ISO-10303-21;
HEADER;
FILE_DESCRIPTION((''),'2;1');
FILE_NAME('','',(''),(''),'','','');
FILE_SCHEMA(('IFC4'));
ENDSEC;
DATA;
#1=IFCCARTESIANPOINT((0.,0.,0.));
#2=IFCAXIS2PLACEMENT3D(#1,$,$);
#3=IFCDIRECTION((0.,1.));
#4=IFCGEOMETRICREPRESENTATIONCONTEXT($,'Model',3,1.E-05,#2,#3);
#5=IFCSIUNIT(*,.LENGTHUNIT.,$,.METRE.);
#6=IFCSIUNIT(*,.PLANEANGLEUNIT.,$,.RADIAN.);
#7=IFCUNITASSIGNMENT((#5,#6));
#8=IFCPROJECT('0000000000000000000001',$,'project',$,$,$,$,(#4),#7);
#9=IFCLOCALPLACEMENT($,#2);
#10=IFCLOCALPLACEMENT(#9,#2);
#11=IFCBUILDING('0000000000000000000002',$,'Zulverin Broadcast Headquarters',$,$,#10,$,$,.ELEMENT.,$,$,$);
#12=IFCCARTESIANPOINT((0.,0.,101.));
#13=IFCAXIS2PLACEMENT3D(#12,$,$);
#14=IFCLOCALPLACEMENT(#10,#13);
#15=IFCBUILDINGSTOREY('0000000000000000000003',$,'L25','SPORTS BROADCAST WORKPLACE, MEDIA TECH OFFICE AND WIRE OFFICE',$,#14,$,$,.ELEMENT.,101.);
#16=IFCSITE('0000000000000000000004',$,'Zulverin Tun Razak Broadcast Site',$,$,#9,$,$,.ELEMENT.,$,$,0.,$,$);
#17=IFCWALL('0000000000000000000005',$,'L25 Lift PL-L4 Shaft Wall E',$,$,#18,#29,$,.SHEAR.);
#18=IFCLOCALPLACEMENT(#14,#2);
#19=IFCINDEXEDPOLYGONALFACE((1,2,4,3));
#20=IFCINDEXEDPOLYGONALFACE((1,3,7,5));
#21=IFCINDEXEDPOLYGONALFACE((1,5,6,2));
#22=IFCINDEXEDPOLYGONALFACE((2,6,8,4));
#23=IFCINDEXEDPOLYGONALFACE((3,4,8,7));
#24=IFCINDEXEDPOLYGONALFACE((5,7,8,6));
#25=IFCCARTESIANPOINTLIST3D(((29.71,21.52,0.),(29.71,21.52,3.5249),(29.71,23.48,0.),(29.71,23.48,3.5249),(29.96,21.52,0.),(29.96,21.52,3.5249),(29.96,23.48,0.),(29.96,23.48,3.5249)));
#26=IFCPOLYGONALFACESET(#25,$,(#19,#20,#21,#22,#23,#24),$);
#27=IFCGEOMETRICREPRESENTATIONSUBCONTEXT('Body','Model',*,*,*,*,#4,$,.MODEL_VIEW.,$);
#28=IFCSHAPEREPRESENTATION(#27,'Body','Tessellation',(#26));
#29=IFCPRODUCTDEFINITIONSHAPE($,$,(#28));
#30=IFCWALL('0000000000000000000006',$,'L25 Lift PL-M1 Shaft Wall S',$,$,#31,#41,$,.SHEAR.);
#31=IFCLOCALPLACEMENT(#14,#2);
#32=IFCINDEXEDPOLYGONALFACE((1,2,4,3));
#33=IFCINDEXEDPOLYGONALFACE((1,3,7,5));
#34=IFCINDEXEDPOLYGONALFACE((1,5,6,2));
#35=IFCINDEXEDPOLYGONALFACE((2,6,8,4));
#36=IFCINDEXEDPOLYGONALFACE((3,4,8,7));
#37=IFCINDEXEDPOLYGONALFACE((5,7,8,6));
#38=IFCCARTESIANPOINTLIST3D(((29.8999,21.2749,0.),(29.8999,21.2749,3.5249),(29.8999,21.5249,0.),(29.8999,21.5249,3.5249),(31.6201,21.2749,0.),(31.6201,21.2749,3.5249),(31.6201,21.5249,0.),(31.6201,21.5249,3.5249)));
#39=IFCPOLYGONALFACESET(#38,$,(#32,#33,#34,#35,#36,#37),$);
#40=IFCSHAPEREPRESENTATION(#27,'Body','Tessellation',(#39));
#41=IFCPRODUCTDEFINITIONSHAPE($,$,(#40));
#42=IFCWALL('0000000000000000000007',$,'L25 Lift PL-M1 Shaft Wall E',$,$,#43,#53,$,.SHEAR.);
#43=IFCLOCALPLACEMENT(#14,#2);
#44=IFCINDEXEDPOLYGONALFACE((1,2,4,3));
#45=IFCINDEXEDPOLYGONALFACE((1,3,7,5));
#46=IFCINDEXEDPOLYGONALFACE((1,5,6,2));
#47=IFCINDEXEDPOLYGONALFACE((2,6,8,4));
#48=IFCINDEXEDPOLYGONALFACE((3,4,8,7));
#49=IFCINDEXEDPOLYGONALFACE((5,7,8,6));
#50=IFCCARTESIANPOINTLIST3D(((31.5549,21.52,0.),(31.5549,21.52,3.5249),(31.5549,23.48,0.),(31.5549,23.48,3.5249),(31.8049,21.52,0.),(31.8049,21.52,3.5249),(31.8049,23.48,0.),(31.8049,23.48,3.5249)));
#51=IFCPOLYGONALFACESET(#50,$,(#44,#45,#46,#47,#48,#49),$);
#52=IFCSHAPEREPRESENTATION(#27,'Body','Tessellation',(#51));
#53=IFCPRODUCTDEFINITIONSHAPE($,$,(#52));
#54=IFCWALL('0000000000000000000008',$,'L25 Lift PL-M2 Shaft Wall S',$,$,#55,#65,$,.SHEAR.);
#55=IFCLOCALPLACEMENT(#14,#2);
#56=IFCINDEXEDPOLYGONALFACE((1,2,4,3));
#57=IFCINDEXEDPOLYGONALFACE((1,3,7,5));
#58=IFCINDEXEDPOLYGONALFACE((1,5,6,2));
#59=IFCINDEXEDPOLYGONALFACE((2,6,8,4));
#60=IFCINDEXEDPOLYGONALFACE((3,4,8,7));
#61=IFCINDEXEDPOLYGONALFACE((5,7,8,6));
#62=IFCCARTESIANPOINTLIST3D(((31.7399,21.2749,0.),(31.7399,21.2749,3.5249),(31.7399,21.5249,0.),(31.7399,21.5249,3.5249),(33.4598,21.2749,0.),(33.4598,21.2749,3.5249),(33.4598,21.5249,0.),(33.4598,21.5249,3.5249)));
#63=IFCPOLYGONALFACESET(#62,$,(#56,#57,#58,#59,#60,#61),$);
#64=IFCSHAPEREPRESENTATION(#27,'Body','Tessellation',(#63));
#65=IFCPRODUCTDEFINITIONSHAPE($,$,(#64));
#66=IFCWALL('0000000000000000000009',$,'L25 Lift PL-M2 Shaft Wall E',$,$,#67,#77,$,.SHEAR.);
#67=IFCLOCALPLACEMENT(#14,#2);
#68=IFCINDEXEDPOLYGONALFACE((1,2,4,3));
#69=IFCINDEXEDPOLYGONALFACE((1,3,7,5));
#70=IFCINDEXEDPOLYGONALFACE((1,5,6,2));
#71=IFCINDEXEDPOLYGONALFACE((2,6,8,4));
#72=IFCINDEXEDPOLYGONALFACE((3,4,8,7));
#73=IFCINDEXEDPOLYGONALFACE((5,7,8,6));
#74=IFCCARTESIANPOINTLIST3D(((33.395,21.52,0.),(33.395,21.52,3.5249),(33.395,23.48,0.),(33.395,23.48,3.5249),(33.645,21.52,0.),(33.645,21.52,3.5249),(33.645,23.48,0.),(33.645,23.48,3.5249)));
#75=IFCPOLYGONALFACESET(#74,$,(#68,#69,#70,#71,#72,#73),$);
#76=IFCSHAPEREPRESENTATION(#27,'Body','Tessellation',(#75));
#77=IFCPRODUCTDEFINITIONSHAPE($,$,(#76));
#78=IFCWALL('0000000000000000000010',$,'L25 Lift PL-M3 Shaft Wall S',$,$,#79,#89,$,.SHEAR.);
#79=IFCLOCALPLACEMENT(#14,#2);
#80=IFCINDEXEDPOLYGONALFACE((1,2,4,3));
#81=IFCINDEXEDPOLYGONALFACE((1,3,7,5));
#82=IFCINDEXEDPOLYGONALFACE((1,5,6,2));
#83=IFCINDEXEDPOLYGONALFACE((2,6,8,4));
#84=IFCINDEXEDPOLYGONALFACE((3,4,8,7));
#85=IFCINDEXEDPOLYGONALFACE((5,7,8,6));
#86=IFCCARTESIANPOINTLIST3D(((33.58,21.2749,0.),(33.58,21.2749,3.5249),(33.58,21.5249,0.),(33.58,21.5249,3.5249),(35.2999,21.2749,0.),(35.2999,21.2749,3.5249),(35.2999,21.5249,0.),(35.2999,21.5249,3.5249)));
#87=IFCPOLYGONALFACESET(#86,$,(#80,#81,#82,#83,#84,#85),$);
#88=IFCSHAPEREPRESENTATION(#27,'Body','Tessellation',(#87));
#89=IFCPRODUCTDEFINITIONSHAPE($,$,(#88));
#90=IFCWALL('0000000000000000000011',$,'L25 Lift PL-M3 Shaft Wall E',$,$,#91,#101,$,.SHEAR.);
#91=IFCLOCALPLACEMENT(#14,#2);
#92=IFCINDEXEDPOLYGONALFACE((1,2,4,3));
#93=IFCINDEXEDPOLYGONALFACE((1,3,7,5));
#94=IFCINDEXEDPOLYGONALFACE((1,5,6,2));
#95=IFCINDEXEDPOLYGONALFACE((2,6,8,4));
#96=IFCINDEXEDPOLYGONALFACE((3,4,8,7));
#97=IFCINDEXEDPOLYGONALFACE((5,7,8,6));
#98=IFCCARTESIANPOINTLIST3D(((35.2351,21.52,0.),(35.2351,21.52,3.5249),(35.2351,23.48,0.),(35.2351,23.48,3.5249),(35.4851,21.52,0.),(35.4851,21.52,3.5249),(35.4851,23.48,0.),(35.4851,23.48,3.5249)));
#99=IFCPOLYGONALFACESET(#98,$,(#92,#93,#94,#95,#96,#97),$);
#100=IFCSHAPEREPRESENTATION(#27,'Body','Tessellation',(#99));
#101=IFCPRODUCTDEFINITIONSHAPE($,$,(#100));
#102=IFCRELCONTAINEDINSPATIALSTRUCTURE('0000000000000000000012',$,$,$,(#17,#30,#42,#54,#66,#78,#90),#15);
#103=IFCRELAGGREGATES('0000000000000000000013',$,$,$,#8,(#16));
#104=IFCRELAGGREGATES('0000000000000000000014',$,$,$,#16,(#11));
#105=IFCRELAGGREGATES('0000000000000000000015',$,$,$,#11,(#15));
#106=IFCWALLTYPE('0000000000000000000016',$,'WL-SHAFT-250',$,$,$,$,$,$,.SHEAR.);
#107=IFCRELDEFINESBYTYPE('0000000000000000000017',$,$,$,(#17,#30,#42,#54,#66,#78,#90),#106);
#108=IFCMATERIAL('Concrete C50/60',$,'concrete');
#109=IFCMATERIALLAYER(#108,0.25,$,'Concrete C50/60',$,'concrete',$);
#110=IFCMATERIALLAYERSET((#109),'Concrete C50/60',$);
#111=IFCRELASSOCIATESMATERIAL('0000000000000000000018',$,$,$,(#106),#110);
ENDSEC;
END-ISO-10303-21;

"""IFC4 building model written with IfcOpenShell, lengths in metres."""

from ifc_helpers import new_model, si_unit, direction, frame, frame_2d, origin, place, context, subcontext, project, spatial, rectangle, extrude, material, layer, layer_set, type_object, element, save


model = new_model("IFC4")

# Units and contexts
model_context = context("Model", 3, precision=1e-05, world=origin(), true_north=direction((0.0, 1.0)))
body_context = subcontext(model_context, "Body", "Model", "MODEL_VIEW")
ifc_project = project(units=[si_unit("LENGTHUNIT", "METRE"), si_unit("PLANEANGLEUNIT", "RADIAN")], contexts=[model_context])

# Site, building, storey
site_placement = place(None, origin())
site = spatial("IfcSite", under=ifc_project, at=site_placement, Name="Zulverin Tun Razak Broadcast Site", CompositionType="ELEMENT", RefElevation=0.0)
building_placement = place(site_placement, origin())
building = spatial("IfcBuilding", under=site, at=building_placement, Name="Zulverin Broadcast Headquarters", CompositionType="ELEMENT")
storey_placement = place(building_placement, frame((0.0, 0.0, 101.0)))
storey = spatial("IfcBuildingStorey", under=building, at=storey_placement, Name="L25", Description="SPORTS BROADCAST WORKPLACE, MEDIA TECH OFFICE AND WIRE OFFICE", CompositionType="ELEMENT", Elevation=101.0)

# Shared definitions
ifc_material_1 = material(Name="Concrete C50/60", Category="concrete")
ifc_layer_1 = layer(ifc_material_1, 0.25, Name="Concrete C50/60", Category="concrete")
ifc_layer_set_1 = layer_set([ifc_layer_1], Name="Concrete C50/60")
wall_type_1 = type_object("IfcWallType", Name="WL-SHAFT-250", PredefinedType="SHEAR", material=ifc_layer_set_1)

# Walls
wall_1_placement = place(storey_placement, frame((29.835, 21.52, 0.0), z_axis=(0.0, 0.0, 1.0), x_axis=(0.0, 1.0, 0.0)))
element("IfcWall", 1, at=wall_1_placement, inside=storey, type_object=wall_type_1, Name="L25 Lift PL-L4 Shaft Wall E", PredefinedType="SHEAR", context=body_context, shape_type="SweptSolid", body=[
    extrude(rectangle(XDim=1.96, YDim=0.25, at=frame_2d((0.98, 0.0))), origin(), (0.0, 0.0, 1.0), 3.5249),
])
wall_2_placement = place(storey_placement, frame((29.8999, 21.3999, 0.0), z_axis=(0.0, 0.0, 1.0), x_axis=(1.0, 0.0, 0.0)))
element("IfcWall", 2, at=wall_2_placement, inside=storey, type_object=wall_type_1, Name="L25 Lift PL-M1 Shaft Wall S", PredefinedType="SHEAR", context=body_context, shape_type="SweptSolid", body=[
    extrude(rectangle(XDim=1.7202, YDim=0.25, at=frame_2d((0.8601, 0.0))), origin(), (0.0, 0.0, 1.0), 3.5249),
])
wall_3_placement = place(storey_placement, frame((31.6799, 21.52, 0.0), z_axis=(0.0, 0.0, 1.0), x_axis=(0.0, 1.0, 0.0)))
element("IfcWall", 3, at=wall_3_placement, inside=storey, type_object=wall_type_1, Name="L25 Lift PL-M1 Shaft Wall E", PredefinedType="SHEAR", context=body_context, shape_type="SweptSolid", body=[
    extrude(rectangle(XDim=1.96, YDim=0.25, at=frame_2d((0.98, 0.0))), origin(), (0.0, 0.0, 1.0), 3.5249),
])
wall_4_placement = place(storey_placement, frame((31.74, 21.3999, 0.0), z_axis=(0.0, 0.0, 1.0), x_axis=(1.0, 0.0, 0.0)))
element("IfcWall", 4, at=wall_4_placement, inside=storey, type_object=wall_type_1, Name="L25 Lift PL-M2 Shaft Wall S", PredefinedType="SHEAR", context=body_context, shape_type="SweptSolid", body=[
    extrude(rectangle(XDim=1.72, YDim=0.25, at=frame_2d((0.8599, 0.0))), origin(), (0.0, 0.0, 1.0), 3.5249),
])
wall_5_placement = place(storey_placement, frame((33.52, 21.52, 0.0), z_axis=(0.0, 0.0, 1.0), x_axis=(0.0, 1.0, 0.0)))
element("IfcWall", 5, at=wall_5_placement, inside=storey, type_object=wall_type_1, Name="L25 Lift PL-M2 Shaft Wall E", PredefinedType="SHEAR", context=body_context, shape_type="SweptSolid", body=[
    extrude(rectangle(XDim=1.96, YDim=0.25, at=frame_2d((0.98, 0.0))), origin(), (0.0, 0.0, 1.0), 3.5249),
])
wall_6_placement = place(storey_placement, frame((33.5801, 21.3999, 0.0), z_axis=(0.0, 0.0, 1.0), x_axis=(1.0, 0.0, 0.0)))
element("IfcWall", 6, at=wall_6_placement, inside=storey, type_object=wall_type_1, Name="L25 Lift PL-M3 Shaft Wall S", PredefinedType="SHEAR", context=body_context, shape_type="SweptSolid", body=[
    extrude(rectangle(XDim=1.72, YDim=0.25, at=frame_2d((0.8599, 0.0))), origin(), (0.0, 0.0, 1.0), 3.5249),
])
wall_7_placement = place(storey_placement, frame((35.3601, 21.52, 0.0), z_axis=(0.0, 0.0, 1.0), x_axis=(0.0, 1.0, 0.0)))
element("IfcWall", 7, at=wall_7_placement, inside=storey, type_object=wall_type_1, Name="L25 Lift PL-M3 Shaft Wall E", PredefinedType="SHEAR", context=body_context, shape_type="SweptSolid", body=[
    extrude(rectangle(XDim=1.96, YDim=0.25, at=frame_2d((0.98, 0.0))), origin(), (0.0, 0.0, 1.0), 3.5249),
])

save(model, "model.ifc")
